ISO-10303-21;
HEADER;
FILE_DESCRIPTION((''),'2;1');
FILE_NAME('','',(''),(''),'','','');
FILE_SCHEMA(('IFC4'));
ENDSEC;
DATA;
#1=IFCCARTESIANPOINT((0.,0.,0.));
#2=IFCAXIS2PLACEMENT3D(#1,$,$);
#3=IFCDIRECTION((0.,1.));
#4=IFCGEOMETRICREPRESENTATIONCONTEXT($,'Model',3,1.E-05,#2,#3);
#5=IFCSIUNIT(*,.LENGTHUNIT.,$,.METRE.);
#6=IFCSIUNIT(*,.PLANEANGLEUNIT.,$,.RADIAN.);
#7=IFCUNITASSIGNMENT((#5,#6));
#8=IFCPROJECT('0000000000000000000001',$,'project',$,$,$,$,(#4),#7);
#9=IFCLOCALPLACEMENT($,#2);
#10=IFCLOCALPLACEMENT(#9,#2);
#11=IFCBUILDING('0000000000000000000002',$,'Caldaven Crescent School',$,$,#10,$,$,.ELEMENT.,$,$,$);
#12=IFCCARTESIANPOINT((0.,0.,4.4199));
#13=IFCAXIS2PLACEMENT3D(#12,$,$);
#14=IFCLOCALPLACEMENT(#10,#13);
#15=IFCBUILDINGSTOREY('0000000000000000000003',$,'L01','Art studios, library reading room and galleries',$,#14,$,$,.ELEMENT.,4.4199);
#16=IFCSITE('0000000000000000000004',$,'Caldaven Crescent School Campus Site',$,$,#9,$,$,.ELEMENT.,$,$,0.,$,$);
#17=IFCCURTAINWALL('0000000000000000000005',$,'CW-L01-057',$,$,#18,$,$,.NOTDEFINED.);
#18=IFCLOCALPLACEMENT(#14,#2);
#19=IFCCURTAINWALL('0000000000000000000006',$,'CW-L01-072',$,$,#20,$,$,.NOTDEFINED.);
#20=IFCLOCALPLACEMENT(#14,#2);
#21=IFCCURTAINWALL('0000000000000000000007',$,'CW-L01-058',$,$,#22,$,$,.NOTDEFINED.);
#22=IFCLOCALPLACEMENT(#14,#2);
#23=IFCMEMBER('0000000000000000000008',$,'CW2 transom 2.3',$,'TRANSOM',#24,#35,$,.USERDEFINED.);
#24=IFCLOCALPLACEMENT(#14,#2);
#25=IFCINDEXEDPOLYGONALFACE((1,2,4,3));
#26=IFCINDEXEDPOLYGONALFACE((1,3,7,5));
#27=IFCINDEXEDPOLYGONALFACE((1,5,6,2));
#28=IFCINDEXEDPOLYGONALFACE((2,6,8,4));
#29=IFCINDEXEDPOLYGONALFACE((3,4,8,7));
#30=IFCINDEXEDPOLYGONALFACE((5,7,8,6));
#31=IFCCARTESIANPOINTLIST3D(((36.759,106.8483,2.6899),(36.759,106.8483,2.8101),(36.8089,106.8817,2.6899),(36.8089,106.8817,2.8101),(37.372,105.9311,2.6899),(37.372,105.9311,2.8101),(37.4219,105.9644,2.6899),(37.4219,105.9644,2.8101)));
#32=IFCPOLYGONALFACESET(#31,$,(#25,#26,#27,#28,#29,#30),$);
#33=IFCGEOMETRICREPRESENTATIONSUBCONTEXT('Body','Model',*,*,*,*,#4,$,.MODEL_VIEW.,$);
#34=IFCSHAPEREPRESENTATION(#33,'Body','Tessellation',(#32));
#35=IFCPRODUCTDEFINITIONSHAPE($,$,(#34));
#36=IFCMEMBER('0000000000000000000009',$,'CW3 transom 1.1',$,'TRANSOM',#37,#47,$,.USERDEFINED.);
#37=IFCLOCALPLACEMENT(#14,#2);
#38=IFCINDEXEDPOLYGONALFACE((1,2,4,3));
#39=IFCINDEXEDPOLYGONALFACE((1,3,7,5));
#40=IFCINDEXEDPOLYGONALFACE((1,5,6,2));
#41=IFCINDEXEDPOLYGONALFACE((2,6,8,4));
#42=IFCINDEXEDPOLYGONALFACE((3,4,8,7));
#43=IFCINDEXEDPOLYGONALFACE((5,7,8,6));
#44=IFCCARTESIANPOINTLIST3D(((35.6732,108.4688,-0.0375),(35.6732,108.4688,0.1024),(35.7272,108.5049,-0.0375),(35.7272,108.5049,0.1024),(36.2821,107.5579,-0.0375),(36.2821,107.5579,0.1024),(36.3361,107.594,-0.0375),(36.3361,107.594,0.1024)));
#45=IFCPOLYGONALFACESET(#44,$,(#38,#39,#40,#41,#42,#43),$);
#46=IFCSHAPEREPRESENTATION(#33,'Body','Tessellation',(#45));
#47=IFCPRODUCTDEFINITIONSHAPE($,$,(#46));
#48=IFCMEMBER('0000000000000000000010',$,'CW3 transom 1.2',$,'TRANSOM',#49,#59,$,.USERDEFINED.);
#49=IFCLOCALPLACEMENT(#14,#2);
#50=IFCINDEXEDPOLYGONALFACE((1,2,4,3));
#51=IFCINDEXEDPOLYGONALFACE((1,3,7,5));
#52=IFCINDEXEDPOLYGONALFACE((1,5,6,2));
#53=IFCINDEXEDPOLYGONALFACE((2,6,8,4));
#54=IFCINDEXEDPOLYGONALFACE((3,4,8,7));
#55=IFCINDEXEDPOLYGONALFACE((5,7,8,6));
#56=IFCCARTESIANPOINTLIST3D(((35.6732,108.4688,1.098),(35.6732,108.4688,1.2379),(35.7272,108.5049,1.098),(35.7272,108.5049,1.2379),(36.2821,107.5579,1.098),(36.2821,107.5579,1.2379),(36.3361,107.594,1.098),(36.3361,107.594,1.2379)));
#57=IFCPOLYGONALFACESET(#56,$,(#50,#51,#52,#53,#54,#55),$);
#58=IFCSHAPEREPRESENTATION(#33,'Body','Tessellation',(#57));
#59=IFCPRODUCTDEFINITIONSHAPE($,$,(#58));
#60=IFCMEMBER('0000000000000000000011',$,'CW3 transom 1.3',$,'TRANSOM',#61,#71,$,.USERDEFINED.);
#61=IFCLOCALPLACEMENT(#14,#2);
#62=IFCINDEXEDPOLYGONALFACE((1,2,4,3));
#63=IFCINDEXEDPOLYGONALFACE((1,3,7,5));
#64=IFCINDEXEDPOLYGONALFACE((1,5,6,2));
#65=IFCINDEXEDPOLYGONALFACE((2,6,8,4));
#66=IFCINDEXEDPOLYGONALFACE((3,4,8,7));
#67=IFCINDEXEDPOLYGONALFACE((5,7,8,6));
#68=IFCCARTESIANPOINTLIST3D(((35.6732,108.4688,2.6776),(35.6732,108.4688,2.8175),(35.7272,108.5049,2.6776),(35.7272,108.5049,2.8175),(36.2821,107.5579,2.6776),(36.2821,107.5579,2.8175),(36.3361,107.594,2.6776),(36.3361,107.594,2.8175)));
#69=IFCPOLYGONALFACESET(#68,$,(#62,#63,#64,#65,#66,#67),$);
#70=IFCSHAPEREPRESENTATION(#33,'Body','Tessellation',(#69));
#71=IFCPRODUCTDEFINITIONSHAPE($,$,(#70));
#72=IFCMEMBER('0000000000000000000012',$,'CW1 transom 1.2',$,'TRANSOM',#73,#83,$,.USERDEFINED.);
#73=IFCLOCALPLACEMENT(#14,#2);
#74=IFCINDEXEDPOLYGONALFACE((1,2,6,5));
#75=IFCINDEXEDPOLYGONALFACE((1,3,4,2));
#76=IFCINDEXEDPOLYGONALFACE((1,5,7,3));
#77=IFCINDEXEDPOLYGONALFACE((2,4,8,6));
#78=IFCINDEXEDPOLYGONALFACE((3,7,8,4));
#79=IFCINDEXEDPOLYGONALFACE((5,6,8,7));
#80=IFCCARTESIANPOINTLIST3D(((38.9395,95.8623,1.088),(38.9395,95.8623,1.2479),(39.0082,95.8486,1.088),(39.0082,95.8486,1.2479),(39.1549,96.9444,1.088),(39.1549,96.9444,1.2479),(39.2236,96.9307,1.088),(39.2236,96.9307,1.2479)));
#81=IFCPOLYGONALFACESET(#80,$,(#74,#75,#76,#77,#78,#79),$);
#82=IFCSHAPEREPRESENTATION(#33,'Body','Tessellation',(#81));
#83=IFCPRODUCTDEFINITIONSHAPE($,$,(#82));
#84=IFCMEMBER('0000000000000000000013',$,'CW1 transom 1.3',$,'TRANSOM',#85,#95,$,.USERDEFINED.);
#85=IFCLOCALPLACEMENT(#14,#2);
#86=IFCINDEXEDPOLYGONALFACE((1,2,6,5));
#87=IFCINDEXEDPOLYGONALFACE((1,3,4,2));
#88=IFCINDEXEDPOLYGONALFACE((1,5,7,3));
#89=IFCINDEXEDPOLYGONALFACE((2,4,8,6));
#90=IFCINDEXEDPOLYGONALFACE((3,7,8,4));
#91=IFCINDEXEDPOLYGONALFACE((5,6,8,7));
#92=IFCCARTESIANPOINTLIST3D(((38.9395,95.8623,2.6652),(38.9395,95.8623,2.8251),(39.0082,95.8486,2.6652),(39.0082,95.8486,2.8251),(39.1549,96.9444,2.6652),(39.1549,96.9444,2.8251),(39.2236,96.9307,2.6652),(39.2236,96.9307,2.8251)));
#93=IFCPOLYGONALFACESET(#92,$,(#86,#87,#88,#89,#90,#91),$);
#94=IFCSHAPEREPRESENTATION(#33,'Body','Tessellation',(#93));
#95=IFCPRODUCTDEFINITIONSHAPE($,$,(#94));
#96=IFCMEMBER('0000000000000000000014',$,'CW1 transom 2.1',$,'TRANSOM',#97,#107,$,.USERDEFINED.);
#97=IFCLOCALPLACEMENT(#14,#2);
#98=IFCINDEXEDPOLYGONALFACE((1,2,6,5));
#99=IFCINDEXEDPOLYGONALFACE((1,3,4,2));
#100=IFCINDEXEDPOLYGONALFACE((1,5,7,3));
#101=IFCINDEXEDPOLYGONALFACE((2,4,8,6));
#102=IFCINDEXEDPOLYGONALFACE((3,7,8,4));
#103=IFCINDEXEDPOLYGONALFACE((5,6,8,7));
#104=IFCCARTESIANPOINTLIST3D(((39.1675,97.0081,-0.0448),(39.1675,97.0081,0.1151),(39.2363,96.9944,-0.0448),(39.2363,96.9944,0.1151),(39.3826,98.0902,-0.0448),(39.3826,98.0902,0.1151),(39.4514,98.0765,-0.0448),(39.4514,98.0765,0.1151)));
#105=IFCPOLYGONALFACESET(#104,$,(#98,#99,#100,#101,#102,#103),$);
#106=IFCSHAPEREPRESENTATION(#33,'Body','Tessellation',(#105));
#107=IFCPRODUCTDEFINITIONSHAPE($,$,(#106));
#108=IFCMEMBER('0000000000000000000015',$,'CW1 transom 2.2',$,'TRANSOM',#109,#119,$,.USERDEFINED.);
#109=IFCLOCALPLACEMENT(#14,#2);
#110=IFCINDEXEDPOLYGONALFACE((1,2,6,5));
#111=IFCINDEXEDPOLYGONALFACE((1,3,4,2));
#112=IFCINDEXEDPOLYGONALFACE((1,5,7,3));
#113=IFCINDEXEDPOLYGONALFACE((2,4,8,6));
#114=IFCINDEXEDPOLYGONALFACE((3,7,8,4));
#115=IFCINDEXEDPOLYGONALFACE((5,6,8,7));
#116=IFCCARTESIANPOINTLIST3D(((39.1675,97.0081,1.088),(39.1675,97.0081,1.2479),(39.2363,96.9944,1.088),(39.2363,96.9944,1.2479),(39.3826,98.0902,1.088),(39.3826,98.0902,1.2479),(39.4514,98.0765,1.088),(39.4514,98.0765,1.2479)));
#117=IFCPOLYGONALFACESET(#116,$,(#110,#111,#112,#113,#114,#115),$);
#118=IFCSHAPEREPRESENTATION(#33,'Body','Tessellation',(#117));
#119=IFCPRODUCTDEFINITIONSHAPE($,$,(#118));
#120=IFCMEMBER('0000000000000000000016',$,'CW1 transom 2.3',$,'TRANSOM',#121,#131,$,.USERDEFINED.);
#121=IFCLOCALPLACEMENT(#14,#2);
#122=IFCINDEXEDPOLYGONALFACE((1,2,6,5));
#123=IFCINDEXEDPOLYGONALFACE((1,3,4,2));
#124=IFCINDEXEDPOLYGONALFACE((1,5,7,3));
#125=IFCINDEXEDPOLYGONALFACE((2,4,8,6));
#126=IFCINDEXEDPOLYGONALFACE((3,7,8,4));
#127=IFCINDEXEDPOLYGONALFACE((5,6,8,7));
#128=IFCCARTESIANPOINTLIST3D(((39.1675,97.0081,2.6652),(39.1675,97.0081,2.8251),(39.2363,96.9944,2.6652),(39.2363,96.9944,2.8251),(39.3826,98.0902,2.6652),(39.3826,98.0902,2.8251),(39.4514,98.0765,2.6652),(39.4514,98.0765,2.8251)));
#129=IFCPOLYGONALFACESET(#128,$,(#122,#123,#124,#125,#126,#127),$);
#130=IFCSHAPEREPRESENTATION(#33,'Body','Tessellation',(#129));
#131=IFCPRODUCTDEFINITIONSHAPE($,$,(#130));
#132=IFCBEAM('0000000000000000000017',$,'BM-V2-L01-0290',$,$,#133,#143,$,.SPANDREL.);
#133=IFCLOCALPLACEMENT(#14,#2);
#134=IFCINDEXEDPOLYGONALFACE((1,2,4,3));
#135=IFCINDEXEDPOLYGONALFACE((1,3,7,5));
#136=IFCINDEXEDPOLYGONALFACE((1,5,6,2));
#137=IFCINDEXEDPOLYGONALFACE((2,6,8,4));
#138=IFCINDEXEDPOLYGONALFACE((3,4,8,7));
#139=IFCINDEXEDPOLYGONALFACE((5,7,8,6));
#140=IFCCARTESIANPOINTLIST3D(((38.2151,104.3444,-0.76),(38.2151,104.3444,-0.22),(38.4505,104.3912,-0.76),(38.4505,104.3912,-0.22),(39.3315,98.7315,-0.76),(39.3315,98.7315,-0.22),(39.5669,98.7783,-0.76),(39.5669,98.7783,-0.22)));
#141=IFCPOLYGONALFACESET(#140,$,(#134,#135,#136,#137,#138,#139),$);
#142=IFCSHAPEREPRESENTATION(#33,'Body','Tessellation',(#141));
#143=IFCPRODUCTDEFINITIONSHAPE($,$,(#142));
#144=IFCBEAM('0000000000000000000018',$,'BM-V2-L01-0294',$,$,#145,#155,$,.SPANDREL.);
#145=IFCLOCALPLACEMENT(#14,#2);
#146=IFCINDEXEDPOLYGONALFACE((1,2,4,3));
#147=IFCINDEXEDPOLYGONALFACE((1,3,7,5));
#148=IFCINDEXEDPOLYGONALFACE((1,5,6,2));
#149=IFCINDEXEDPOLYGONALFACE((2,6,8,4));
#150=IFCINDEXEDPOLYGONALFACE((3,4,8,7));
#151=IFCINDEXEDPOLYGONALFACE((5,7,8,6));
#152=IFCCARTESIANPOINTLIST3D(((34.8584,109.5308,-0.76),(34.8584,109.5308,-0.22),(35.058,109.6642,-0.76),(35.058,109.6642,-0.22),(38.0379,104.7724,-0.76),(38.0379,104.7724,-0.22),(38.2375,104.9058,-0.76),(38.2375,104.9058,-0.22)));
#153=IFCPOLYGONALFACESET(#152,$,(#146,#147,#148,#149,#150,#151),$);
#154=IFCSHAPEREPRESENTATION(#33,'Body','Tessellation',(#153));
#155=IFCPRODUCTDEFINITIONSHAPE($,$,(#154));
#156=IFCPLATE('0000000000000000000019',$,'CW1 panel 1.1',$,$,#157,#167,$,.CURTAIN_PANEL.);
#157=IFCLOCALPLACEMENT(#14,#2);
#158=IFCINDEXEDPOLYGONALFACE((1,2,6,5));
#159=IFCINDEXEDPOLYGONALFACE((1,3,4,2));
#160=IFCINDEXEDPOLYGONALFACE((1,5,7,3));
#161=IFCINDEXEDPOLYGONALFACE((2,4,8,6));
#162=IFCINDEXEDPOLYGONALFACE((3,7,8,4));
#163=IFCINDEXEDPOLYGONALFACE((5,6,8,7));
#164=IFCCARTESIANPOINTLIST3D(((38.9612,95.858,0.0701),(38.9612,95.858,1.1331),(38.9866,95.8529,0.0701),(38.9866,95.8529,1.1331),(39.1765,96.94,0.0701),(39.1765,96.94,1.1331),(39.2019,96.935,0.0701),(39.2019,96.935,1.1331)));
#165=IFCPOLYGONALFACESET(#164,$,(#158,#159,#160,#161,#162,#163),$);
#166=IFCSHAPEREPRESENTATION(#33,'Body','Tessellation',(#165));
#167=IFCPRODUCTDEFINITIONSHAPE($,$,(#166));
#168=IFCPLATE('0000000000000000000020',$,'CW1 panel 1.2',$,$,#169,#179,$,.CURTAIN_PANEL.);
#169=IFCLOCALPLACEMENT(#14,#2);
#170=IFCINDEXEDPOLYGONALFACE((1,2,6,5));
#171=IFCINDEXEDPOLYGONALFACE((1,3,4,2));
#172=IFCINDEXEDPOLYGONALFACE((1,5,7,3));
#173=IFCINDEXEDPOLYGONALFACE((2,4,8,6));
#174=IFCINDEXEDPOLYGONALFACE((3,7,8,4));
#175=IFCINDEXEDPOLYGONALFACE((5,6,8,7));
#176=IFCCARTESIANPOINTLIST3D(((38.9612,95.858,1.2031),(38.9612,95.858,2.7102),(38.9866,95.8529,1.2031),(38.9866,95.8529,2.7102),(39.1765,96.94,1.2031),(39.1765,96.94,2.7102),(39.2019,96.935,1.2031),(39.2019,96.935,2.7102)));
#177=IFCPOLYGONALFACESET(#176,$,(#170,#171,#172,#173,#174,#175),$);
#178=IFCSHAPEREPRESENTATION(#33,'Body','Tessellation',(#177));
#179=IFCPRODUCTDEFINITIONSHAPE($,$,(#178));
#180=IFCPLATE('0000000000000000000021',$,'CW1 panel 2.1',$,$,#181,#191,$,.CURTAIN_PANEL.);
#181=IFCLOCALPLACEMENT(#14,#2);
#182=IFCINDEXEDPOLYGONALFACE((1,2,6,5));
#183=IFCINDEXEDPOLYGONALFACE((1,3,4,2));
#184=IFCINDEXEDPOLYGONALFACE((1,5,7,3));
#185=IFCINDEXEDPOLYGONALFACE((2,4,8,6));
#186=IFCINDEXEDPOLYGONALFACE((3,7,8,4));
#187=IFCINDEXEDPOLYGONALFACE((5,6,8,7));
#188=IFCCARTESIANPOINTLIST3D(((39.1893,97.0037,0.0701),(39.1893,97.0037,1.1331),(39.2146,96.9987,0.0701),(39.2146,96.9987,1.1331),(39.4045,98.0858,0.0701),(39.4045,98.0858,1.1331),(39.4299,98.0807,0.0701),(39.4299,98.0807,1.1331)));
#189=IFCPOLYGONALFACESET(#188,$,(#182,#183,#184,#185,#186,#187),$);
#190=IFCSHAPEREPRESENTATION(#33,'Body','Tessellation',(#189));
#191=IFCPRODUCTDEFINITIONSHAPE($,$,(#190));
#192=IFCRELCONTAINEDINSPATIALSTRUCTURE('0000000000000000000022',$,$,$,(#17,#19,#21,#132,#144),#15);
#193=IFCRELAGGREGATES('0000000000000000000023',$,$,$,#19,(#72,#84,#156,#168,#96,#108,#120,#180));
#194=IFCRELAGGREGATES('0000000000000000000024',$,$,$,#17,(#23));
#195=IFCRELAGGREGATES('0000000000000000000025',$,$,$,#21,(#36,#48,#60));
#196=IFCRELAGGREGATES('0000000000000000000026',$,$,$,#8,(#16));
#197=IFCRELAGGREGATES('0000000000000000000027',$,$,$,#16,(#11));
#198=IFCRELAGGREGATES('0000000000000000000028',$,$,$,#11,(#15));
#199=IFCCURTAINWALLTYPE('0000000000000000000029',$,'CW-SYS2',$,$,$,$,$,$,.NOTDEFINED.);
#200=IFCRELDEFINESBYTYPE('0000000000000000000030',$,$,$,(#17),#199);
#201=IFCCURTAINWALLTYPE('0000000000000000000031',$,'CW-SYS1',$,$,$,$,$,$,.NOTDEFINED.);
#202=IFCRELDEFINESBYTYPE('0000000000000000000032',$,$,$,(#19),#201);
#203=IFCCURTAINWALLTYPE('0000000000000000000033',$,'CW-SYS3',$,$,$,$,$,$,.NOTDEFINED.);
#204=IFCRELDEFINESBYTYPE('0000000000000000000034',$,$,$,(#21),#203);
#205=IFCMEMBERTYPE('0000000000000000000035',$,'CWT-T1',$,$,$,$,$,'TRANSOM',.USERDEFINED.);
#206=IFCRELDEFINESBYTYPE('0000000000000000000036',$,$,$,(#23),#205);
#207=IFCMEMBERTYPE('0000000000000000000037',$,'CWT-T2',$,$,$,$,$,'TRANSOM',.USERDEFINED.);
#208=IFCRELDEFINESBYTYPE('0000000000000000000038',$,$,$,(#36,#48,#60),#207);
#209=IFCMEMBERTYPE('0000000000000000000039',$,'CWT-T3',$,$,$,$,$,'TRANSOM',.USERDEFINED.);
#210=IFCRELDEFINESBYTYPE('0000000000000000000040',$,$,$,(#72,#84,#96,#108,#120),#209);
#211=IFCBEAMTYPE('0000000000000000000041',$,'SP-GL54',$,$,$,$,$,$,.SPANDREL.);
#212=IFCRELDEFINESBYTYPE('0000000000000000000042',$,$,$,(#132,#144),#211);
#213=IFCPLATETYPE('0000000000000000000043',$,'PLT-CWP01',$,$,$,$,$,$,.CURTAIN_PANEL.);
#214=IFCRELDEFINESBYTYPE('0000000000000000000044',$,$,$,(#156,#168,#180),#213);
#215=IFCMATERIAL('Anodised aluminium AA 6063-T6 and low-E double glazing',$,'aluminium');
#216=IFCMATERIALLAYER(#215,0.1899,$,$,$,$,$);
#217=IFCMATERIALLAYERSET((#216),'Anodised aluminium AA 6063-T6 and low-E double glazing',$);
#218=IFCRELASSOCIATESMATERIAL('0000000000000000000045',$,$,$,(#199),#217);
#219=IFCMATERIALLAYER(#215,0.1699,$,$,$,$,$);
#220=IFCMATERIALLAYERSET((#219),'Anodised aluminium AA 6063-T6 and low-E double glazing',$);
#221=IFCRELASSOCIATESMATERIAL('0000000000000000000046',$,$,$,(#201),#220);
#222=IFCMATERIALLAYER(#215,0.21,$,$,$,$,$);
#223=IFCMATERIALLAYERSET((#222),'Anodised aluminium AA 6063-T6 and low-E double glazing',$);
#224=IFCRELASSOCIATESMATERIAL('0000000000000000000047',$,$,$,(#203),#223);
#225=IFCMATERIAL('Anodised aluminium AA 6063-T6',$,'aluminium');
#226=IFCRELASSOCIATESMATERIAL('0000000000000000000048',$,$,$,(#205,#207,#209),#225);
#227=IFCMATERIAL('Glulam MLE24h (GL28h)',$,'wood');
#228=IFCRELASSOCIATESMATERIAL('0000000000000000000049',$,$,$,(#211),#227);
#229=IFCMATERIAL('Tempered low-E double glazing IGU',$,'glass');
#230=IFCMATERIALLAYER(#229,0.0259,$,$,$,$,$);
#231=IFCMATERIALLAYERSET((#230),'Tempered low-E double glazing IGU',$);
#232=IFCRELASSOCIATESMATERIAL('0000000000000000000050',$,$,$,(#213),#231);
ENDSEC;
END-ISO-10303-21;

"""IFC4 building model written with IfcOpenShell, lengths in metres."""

from ifc_helpers import new_model, si_unit, direction, frame, origin, origin_2d, place, context, subcontext, project, spatial, rectangle, extrude, material, layer, layer_set, material_profile, profile_set, type_object, element, aggregate, save


model = new_model("IFC4")

# Units and contexts
model_context = context("Model", 3, precision=1e-05, world=origin(), true_north=direction((0.0, 1.0)))
body_context = subcontext(model_context, "Body", "Model", "MODEL_VIEW")
ifc_project = project(units=[si_unit("LENGTHUNIT", "METRE"), si_unit("PLANEANGLEUNIT", "RADIAN")], contexts=[model_context])

# Site, building, storey
site_placement = place(None, origin())
site = spatial("IfcSite", under=ifc_project, at=site_placement, Name="Caldaven Crescent School Campus Site", CompositionType="ELEMENT", RefElevation=0.0)
building_placement = place(site_placement, origin())
building = spatial("IfcBuilding", under=site, at=building_placement, Name="Caldaven Crescent School", CompositionType="ELEMENT")
storey_placement = place(building_placement, frame((0.0, 0.0, 4.4199)))
storey = spatial("IfcBuildingStorey", under=building, at=storey_placement, Name="L01", Description="Art studios, library reading room and galleries", CompositionType="ELEMENT", Elevation=4.4199)

# Curtain walls
ifc_material_1 = material(Name="Anodised aluminium AA 6063-T6 and low-E double glazing", Category="aluminium")
ifc_layer_1 = layer(ifc_material_1, 0.1899)
ifc_layer_set_1 = layer_set([ifc_layer_1], Name="Anodised aluminium AA 6063-T6 and low-E double glazing")
curtain_wall_type_1 = type_object("IfcCurtainWallType", Name="CW-SYS2", PredefinedType="NOTDEFINED", material=ifc_layer_set_1)
curtain_wall_1_placement = place(storey_placement, origin())
curtain_wall_1 = element("IfcCurtainWall", 1, at=curtain_wall_1_placement, inside=storey, type_object=curtain_wall_type_1, Name="CW-L01-057", PredefinedType="NOTDEFINED")
ifc_material_2 = material(Name="Anodised aluminium AA 6063-T6", Category="aluminium")
ifc_layer_2 = layer(ifc_material_1, 0.1699)
ifc_layer_set_2 = layer_set([ifc_layer_2], Name="Anodised aluminium AA 6063-T6 and low-E double glazing")
curtain_wall_type_2 = type_object("IfcCurtainWallType", Name="CW-SYS1", PredefinedType="NOTDEFINED", material=ifc_layer_set_2)
curtain_wall_2_placement = place(storey_placement, origin())
curtain_wall_2 = element("IfcCurtainWall", 2, at=curtain_wall_2_placement, inside=storey, type_object=curtain_wall_type_2, Name="CW-L01-072", PredefinedType="NOTDEFINED")

# Curtain wall
ifc_layer_3 = layer(ifc_material_1, 0.21)
ifc_layer_set_3 = layer_set([ifc_layer_3], Name="Anodised aluminium AA 6063-T6 and low-E double glazing")
curtain_wall_type_3 = type_object("IfcCurtainWallType", Name="CW-SYS3", PredefinedType="NOTDEFINED", material=ifc_layer_set_3)
curtain_wall_3_placement = place(storey_placement, origin())
curtain_wall_3 = element("IfcCurtainWall", 3, at=curtain_wall_3_placement, inside=storey, type_object=curtain_wall_type_3, Name="CW-L01-058", PredefinedType="NOTDEFINED")

# Members
ifc_material_profile_1 = material_profile(ifc_material_2, rectangle(XDim=0.0601, YDim=0.1201, at=origin_2d()), Name="CWT 60x120")
ifc_profile_set_1 = profile_set([ifc_material_profile_1], Name="Anodised aluminium AA 6063-T6")
member_type_1 = type_object("IfcMemberType", Name="CWT-T1", ElementType="TRANSOM", PredefinedType="USERDEFINED", material=ifc_profile_set_1)
member_1_placement = place(storey_placement, frame((37.397, 105.9478, 2.75), z_axis=(-0.55567, 0.831403, 0.0), x_axis=(-0.831403, -0.55567, 0.0)))
member_1 = element("IfcMember", 4, at=member_1_placement, type_object=member_type_1, Name="CW2 transom 2.3", ObjectType="TRANSOM", PredefinedType="USERDEFINED", context=body_context, shape_type="SweptSolid", body=[
    extrude(rectangle(XDim=0.0601, YDim=0.1201, at=origin_2d()), origin(), (0.0, 0.0, 1.0), 1.1033),
])
ifc_material_profile_2 = material_profile(ifc_material_2, rectangle(XDim=0.0649, YDim=0.1399, at=origin_2d()), Name="CWT 65x140")
ifc_profile_set_2 = profile_set([ifc_material_profile_2], Name="Anodised aluminium AA 6063-T6")
member_type_2 = type_object("IfcMemberType", Name="CWT-T2", ElementType="TRANSOM", PredefinedType="USERDEFINED", material=ifc_profile_set_2)
member_2_placement = place(storey_placement, frame((36.3091, 107.5759, 0.0325), z_axis=(-0.555728, 0.831364, 0.0), x_axis=(-0.831364, -0.555728, 0.0)))
member_2 = element("IfcMember", 5, at=member_2_placement, type_object=member_type_2, Name="CW3 transom 1.1", ObjectType="TRANSOM", PredefinedType="USERDEFINED", context=body_context, shape_type="SweptSolid", body=[
    extrude(rectangle(XDim=0.0649, YDim=0.1399, at=origin_2d()), origin(), (0.0, 0.0, 1.0), 1.0957),
])
member_3_placement = place(storey_placement, frame((36.3091, 107.5759, 1.168), z_axis=(-0.555728, 0.831364, 0.0), x_axis=(-0.831364, -0.555728, 0.0)))
member_3 = element("IfcMember", 6, at=member_3_placement, type_object=member_type_2, Name="CW3 transom 1.2", ObjectType="TRANSOM", PredefinedType="USERDEFINED", context=body_context, shape_type="SweptSolid", body=[
    extrude(rectangle(XDim=0.0649, YDim=0.1399, at=origin_2d()), origin(), (0.0, 0.0, 1.0), 1.0957),
])
member_4_placement = place(storey_placement, frame((36.3091, 107.5759, 2.7476), z_axis=(-0.555728, 0.831364, 0.0), x_axis=(-0.831364, -0.555728, 0.0)))
member_4 = element("IfcMember", 7, at=member_4_placement, type_object=member_type_2, Name="CW3 transom 1.3", ObjectType="TRANSOM", PredefinedType="USERDEFINED", context=body_context, shape_type="SweptSolid", body=[
    extrude(rectangle(XDim=0.0649, YDim=0.1399, at=origin_2d()), origin(), (0.0, 0.0, 1.0), 1.0957),
])
ifc_material_profile_3 = material_profile(ifc_material_2, rectangle(XDim=0.0701, YDim=0.1599, at=origin_2d()), Name="CWT 70x160")
ifc_profile_set_3 = profile_set([ifc_material_profile_3], Name="Anodised aluminium AA 6063-T6")
member_type_3 = type_object("IfcMemberType", Name="CWT-T3", ElementType="TRANSOM", PredefinedType="USERDEFINED", material=ifc_profile_set_3)
member_5_placement = place(storey_placement, frame((38.9739, 95.8555, 1.168), z_axis=(0.19518, 0.980767, 0.0), x_axis=(-0.980767, 0.19518, 0.0)))
member_5 = element("IfcMember", 8, at=member_5_placement, type_object=member_type_3, Name="CW1 transom 1.2", ObjectType="TRANSOM", PredefinedType="USERDEFINED", context=body_context, shape_type="SweptSolid", body=[
    extrude(rectangle(XDim=0.0701, YDim=0.1599, at=origin_2d()), origin(), (0.0, 0.0, 1.0), 1.1033),
])
member_6_placement = place(storey_placement, frame((38.9739, 95.8555, 2.7451), z_axis=(0.19518, 0.980767, 0.0), x_axis=(-0.980767, 0.19518, 0.0)))
member_6 = element("IfcMember", 9, at=member_6_placement, type_object=member_type_3, Name="CW1 transom 1.3", ObjectType="TRANSOM", PredefinedType="USERDEFINED", context=body_context, shape_type="SweptSolid", body=[
    extrude(rectangle(XDim=0.0701, YDim=0.1599, at=origin_2d()), origin(), (0.0, 0.0, 1.0), 1.1033),
])
member_7_placement = place(storey_placement, frame((39.2019, 97.0012, 0.0352), z_axis=(0.194967, 0.98081, 0.0), x_axis=(-0.98081, 0.194967, 0.0)))
member_7 = element("IfcMember", 10, at=member_7_placement, type_object=member_type_3, Name="CW1 transom 2.1", ObjectType="TRANSOM", PredefinedType="USERDEFINED", context=body_context, shape_type="SweptSolid", body=[
    extrude(rectangle(XDim=0.0701, YDim=0.1599, at=origin_2d()), origin(), (0.0, 0.0, 1.0), 1.1033),
])
member_8_placement = place(storey_placement, frame((39.2019, 97.0012, 1.168), z_axis=(0.194967, 0.98081, 0.0), x_axis=(-0.98081, 0.194967, 0.0)))
member_8 = element("IfcMember", 11, at=member_8_placement, type_object=member_type_3, Name="CW1 transom 2.2", ObjectType="TRANSOM", PredefinedType="USERDEFINED", context=body_context, shape_type="SweptSolid", body=[
    extrude(rectangle(XDim=0.0701, YDim=0.1599, at=origin_2d()), origin(), (0.0, 0.0, 1.0), 1.1033),
])
member_9_placement = place(storey_placement, frame((39.2019, 97.0012, 2.7451), z_axis=(0.194967, 0.98081, 0.0), x_axis=(-0.98081, 0.194967, 0.0)))
member_9 = element("IfcMember", 12, at=member_9_placement, type_object=member_type_3, Name="CW1 transom 2.3", ObjectType="TRANSOM", PredefinedType="USERDEFINED", context=body_context, shape_type="SweptSolid", body=[
    extrude(rectangle(XDim=0.0701, YDim=0.1599, at=origin_2d()), origin(), (0.0, 0.0, 1.0), 1.1033),
])

# Beams
ifc_material_3 = material(Name="Glulam MLE24h (GL28h)", Category="wood")
ifc_material_profile_4 = material_profile(ifc_material_3, rectangle(XDim=0.24, YDim=0.54, at=origin_2d()), Name="MLE 240x540")
ifc_profile_set_4 = profile_set([ifc_material_profile_4], Name="Glulam MLE24h (GL28h)")
beam_type = type_object("IfcBeamType", Name="SP-GL54", PredefinedType="SPANDREL", material=ifc_profile_set_4)
for number, where, z_axis, x_axis, name in (
    (13, (39.4492, 98.7549, -0.49), (-0.195082, 0.980787, 0.0), (-0.980787, -0.195082, 0.0), "BM-V2-L01-0290"),
    (14, (38.1377, 104.8391, -0.49), (-0.555576, 0.831466, 0.0), (-0.831466, -0.555576, 0.0), "BM-V2-L01-0294"),
):
    element("IfcBeam", number, at=place(storey_placement, frame(where, z_axis=z_axis, x_axis=x_axis)), inside=storey, type_object=beam_type, Name=name, PredefinedType="SPANDREL", context=body_context, shape_type="SweptSolid", body=[
        extrude(rectangle(XDim=0.24, YDim=0.54, at=origin_2d()), origin(), (0.0, 0.0, 1.0), 5.7229),
    ])

# Plates
ifc_material_4 = material(Name="Tempered low-E double glazing IGU", Category="glass")
ifc_layer_4 = layer(ifc_material_4, 0.0259)
ifc_layer_set_4 = layer_set([ifc_layer_4], Name="Tempered low-E double glazing IGU")
plate_type_1 = type_object("IfcPlateType", Name="PLT-CWP01", PredefinedType="CURTAIN_PANEL", material=ifc_layer_set_4)
plate_1_placement = place(storey_placement, frame((39.0815, 96.3965, 0.0701), z_axis=(0.0, 0.0, 1.0), x_axis=(0.195091, 0.980785, 0.0)))
plate_1 = element("IfcPlate", 15, at=plate_1_placement, type_object=plate_type_1, Name="CW1 panel 1.1", PredefinedType="CURTAIN_PANEL", context=body_context, shape_type="SweptSolid", body=[
    extrude(rectangle(XDim=1.1033, YDim=0.0259, at=origin_2d()), origin(), (0.0, 0.0, 1.0), 1.063),
])
plate_2_placement = place(storey_placement, frame((39.0815, 96.3965, 1.2031), z_axis=(0.0, 0.0, 1.0), x_axis=(0.195091, 0.980785, 0.0)))
plate_2 = element("IfcPlate", 16, at=plate_2_placement, type_object=plate_type_1, Name="CW1 panel 1.2", PredefinedType="CURTAIN_PANEL", context=body_context, shape_type="SweptSolid", body=[
    extrude(rectangle(XDim=1.1033, YDim=0.0259, at=origin_2d()), origin(), (0.0, 0.0, 1.0), 1.5071),
])
plate_3_placement = place(storey_placement, frame((39.3096, 97.5422, 0.0701), z_axis=(0.0, 0.0, 1.0), x_axis=(0.195091, 0.980785, 0.0)))
plate_3 = element("IfcPlate", 17, at=plate_3_placement, type_object=plate_type_1, Name="CW1 panel 2.1", PredefinedType="CURTAIN_PANEL", context=body_context, shape_type="SweptSolid", body=[
    extrude(rectangle(XDim=1.1033, YDim=0.0259, at=origin_2d()), origin(), (0.0, 0.0, 1.0), 1.063),
])
aggregate(curtain_wall_2, [member_5, member_6, plate_1, plate_2, member_7, member_8, member_9, plate_3])
aggregate(curtain_wall_1, [member_1])
aggregate(curtain_wall_3, [member_2, member_3, member_4])

save(model, "model.ifc")
